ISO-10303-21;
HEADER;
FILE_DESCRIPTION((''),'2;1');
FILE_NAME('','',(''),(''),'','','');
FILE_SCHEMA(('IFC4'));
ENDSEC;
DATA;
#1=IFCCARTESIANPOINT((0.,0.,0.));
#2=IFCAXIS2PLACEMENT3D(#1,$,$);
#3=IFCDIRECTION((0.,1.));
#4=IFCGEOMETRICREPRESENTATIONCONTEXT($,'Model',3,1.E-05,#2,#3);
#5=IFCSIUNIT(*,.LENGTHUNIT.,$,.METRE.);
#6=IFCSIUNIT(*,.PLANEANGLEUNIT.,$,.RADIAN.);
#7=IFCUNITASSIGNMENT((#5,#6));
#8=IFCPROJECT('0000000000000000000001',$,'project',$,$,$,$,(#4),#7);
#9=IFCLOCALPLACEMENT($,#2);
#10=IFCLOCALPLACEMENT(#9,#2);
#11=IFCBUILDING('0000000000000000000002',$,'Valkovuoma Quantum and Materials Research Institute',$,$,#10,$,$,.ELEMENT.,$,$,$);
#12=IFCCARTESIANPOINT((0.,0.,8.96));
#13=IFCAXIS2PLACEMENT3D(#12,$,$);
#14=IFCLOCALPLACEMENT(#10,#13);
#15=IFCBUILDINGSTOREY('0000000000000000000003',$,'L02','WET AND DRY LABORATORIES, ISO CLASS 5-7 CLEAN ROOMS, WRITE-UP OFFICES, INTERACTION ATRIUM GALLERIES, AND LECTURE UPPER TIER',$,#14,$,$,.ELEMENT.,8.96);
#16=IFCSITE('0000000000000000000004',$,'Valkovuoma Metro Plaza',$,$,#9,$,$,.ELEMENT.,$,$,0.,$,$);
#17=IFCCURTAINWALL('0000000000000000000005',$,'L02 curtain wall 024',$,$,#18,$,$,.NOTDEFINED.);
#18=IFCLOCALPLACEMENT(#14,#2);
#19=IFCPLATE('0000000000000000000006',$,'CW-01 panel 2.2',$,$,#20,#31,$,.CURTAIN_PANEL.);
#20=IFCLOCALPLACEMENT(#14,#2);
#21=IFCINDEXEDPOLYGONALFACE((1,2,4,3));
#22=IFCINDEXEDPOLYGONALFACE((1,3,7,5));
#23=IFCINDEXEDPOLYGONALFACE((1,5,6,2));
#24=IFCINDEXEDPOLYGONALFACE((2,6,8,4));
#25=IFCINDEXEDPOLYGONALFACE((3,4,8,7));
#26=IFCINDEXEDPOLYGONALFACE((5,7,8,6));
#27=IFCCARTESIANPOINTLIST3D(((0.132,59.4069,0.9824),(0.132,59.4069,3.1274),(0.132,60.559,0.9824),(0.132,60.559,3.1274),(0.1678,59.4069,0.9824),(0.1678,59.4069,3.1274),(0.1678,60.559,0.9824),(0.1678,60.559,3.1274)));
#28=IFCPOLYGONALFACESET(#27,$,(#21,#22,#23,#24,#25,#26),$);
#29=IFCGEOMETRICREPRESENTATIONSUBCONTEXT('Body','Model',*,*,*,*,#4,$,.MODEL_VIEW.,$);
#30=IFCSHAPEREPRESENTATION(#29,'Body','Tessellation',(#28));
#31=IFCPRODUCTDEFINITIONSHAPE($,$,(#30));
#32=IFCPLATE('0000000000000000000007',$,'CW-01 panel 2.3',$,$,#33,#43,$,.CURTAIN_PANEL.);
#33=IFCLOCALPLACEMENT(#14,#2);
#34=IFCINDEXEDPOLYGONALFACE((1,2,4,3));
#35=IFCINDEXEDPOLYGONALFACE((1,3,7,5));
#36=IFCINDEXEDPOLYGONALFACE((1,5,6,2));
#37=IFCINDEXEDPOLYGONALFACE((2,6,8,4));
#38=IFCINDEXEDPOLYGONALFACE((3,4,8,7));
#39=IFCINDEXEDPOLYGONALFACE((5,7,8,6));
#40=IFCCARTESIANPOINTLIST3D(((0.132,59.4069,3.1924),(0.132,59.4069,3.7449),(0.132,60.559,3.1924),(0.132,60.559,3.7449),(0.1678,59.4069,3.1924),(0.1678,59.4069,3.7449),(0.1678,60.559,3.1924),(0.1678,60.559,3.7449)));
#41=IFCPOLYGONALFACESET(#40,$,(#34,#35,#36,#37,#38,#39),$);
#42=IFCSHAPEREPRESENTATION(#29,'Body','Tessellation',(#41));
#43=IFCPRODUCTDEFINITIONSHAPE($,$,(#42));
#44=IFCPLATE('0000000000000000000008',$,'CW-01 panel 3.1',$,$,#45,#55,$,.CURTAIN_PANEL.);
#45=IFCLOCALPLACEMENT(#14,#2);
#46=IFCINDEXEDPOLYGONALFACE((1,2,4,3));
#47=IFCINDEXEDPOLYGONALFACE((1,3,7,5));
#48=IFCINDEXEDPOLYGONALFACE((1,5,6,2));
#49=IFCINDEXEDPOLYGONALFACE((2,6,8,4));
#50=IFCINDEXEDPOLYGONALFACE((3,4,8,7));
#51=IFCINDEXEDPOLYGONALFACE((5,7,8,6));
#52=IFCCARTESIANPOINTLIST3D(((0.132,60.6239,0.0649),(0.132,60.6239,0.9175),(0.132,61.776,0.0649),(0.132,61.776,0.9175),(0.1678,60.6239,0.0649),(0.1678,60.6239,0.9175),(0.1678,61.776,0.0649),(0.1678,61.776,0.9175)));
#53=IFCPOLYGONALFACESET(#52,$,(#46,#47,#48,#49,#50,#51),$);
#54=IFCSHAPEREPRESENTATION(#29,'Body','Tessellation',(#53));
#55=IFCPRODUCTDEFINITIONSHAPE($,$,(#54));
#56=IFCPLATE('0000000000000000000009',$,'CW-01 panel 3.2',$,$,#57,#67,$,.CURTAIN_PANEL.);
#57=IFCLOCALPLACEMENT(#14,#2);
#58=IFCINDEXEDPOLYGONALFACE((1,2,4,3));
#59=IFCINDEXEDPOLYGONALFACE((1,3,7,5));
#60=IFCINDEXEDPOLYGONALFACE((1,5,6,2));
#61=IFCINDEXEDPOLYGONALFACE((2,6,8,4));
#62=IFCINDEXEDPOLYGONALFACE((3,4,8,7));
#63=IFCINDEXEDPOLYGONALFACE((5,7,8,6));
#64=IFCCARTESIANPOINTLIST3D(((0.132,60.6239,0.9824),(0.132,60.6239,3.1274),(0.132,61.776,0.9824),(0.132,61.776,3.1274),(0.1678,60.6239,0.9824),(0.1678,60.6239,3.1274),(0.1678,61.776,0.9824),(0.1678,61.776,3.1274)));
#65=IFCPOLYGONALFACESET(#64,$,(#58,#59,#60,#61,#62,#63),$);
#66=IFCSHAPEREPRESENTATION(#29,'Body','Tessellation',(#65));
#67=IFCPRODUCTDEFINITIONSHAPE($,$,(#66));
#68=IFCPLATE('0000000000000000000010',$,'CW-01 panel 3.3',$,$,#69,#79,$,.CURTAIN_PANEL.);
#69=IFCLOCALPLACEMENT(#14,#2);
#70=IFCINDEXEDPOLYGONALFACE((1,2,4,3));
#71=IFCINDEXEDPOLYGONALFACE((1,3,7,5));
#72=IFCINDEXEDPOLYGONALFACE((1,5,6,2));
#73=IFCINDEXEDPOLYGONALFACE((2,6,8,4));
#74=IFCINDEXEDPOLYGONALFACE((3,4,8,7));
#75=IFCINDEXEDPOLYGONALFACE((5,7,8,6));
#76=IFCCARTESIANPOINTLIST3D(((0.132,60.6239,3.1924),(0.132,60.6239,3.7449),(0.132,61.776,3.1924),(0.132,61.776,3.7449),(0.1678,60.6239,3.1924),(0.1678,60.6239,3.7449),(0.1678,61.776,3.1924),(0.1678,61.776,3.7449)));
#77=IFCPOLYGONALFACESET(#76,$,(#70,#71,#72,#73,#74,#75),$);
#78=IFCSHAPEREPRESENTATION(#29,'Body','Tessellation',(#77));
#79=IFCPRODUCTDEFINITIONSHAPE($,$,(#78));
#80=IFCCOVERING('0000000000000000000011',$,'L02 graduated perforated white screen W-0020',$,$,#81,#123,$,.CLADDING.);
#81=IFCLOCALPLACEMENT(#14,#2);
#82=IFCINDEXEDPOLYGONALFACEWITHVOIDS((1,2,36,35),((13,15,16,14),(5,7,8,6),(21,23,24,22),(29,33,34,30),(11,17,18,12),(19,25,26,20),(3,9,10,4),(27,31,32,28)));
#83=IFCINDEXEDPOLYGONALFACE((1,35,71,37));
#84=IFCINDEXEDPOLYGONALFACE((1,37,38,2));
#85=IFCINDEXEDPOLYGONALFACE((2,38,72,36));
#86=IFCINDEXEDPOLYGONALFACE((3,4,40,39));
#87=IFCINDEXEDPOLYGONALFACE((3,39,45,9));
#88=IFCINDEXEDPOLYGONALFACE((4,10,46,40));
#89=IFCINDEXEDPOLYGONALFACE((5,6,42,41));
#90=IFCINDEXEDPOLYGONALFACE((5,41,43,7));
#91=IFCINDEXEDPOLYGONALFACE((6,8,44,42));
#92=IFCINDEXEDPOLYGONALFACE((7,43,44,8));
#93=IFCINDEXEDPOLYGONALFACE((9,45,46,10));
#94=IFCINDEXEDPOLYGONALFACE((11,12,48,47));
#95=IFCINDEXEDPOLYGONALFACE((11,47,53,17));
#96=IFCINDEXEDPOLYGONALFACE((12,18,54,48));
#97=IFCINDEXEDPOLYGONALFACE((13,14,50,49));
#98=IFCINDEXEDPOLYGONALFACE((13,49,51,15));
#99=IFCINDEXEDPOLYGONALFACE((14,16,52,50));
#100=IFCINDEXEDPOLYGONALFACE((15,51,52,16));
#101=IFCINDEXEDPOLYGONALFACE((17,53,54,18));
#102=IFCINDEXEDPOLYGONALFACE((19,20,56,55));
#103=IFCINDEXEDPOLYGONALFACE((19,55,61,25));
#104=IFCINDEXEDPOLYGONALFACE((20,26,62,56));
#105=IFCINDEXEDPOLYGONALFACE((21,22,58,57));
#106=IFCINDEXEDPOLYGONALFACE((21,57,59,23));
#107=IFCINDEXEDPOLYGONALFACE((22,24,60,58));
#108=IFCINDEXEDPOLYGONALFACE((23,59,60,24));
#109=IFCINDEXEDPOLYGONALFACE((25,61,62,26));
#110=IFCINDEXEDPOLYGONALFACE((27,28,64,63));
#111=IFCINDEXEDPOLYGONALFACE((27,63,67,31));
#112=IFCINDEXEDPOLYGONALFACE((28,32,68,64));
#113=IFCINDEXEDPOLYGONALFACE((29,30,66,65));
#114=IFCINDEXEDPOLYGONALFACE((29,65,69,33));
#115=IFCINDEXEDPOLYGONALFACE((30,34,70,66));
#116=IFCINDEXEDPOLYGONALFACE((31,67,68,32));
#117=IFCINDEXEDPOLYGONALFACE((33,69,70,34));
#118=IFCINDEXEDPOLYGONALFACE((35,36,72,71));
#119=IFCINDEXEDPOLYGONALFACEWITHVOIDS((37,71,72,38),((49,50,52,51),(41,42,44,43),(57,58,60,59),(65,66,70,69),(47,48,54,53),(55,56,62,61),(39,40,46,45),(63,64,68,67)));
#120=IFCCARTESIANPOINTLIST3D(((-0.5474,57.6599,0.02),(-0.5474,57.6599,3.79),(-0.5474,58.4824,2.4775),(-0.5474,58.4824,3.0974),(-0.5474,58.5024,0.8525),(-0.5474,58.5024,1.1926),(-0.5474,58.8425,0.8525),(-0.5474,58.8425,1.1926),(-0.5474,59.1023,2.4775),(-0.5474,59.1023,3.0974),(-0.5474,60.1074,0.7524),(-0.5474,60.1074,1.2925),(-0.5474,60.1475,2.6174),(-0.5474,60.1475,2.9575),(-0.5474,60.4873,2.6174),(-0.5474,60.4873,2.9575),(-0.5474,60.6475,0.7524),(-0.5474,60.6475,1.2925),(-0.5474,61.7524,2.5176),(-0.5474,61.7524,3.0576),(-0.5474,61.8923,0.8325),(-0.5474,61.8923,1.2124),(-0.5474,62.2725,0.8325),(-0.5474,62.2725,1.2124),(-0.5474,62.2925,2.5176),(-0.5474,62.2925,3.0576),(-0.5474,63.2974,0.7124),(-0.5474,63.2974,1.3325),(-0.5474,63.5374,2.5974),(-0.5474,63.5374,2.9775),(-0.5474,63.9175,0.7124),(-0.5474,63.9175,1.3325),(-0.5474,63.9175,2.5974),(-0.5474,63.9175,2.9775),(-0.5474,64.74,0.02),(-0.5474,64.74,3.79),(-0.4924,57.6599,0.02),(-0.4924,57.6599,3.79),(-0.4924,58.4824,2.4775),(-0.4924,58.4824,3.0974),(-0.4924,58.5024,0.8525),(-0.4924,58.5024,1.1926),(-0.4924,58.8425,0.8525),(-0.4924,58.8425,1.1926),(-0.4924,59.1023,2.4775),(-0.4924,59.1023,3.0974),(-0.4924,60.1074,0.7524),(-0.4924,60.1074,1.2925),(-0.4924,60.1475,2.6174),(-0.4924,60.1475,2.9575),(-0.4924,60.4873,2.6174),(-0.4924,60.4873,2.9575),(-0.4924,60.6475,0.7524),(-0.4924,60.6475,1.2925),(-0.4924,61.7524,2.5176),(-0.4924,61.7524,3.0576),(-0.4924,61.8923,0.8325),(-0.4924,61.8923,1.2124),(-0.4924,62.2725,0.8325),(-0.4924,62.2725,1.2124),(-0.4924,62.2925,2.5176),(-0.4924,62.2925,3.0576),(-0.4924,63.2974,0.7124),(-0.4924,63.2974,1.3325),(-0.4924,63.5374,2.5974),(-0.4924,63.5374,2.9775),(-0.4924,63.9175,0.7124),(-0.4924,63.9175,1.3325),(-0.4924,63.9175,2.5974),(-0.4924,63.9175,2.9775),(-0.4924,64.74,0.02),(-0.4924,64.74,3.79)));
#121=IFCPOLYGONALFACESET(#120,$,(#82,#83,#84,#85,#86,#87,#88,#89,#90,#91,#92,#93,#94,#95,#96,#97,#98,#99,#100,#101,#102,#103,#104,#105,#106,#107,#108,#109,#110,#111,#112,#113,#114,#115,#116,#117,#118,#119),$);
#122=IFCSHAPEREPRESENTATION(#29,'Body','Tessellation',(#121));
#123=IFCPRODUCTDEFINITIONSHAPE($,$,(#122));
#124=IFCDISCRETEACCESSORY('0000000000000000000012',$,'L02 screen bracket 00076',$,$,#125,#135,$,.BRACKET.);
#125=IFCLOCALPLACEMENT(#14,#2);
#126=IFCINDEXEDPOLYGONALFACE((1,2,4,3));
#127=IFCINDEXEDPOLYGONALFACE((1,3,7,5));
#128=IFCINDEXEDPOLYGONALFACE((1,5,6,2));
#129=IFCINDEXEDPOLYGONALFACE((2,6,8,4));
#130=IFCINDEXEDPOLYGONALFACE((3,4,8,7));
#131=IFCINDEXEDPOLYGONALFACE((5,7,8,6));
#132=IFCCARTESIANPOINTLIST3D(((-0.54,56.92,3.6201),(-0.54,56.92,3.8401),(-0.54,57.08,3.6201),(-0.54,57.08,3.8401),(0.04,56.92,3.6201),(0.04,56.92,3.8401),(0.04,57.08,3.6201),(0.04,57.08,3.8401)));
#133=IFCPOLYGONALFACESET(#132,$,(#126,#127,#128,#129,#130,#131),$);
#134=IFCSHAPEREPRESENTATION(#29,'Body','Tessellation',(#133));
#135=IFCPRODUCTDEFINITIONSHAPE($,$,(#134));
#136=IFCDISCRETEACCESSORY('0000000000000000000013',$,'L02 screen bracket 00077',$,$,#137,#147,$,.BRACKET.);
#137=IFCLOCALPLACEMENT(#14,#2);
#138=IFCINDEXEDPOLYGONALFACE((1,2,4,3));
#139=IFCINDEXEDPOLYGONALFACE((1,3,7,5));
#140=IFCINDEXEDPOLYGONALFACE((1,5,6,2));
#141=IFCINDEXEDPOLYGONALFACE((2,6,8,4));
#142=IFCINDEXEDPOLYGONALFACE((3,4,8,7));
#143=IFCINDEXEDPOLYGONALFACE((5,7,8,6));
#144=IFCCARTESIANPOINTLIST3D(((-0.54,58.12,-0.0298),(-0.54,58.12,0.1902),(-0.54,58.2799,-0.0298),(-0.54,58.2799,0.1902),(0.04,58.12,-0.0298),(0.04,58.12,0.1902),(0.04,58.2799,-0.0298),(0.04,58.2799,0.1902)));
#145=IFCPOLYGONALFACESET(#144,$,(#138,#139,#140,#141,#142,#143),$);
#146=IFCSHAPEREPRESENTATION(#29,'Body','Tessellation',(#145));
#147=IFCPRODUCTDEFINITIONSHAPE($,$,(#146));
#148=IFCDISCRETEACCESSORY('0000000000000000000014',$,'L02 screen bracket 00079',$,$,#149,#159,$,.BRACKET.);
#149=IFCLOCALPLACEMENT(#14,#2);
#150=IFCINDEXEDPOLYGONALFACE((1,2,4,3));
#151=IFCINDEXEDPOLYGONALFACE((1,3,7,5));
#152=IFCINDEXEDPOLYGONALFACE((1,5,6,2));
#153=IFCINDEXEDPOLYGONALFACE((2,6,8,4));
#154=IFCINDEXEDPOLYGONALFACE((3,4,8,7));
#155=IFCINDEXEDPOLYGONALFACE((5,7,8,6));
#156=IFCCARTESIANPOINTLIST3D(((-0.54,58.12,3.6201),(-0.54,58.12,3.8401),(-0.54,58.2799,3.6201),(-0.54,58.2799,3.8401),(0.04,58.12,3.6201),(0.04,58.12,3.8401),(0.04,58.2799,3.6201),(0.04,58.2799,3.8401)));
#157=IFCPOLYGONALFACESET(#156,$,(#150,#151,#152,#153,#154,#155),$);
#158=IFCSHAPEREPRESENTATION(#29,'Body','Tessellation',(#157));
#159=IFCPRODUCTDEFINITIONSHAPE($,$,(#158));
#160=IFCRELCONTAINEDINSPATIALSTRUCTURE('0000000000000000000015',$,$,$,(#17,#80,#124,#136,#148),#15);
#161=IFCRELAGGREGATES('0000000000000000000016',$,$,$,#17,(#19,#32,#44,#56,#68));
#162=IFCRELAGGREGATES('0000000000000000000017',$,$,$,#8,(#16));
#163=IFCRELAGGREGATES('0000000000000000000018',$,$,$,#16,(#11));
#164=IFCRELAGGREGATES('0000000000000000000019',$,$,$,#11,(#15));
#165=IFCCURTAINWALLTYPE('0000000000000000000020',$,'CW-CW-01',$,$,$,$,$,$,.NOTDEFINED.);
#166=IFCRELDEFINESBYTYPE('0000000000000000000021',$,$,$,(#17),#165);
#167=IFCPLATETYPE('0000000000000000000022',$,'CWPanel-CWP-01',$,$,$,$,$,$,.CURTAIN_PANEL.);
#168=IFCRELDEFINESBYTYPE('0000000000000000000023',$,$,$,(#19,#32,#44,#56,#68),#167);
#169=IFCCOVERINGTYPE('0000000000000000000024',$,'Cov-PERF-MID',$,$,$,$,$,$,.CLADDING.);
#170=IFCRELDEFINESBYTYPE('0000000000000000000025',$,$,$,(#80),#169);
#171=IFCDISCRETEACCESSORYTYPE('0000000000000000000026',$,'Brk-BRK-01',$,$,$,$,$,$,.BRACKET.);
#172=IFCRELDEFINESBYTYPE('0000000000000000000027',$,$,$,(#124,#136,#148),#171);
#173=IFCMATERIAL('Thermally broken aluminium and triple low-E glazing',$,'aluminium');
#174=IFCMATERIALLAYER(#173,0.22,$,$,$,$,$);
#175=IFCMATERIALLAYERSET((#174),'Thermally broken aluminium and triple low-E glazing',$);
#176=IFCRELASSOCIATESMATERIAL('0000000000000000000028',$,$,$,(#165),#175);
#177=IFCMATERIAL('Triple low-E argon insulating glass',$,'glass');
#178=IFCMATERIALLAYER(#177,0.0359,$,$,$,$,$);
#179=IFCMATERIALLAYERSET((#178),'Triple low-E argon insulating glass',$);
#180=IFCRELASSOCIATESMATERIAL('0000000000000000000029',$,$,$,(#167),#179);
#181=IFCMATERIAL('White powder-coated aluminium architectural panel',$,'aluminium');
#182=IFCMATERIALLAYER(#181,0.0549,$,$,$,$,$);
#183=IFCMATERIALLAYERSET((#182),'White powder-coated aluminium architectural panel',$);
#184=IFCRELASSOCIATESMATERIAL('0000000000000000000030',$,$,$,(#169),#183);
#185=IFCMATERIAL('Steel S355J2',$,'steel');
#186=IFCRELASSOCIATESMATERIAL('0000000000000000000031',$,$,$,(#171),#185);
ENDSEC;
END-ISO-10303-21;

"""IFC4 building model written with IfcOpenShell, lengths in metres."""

from ifc_helpers import new_model, si_unit, direction, frame, origin, origin_2d, place, context, subcontext, project, spatial, polyline, rectangle, outline, extrude, material, layer, layer_set, type_object, element, aggregate, save


model = new_model("IFC4")

# Units and contexts
model_context = context("Model", 3, precision=1e-05, world=origin(), true_north=direction((0.0, 1.0)))
body_context = subcontext(model_context, "Body", "Model", "MODEL_VIEW")
ifc_project = project(units=[si_unit("LENGTHUNIT", "METRE"), si_unit("PLANEANGLEUNIT", "RADIAN")], contexts=[model_context])

# Site, building, storey
site_placement = place(None, origin())
site = spatial("IfcSite", under=ifc_project, at=site_placement, Name="Valkovuoma Metro Plaza", CompositionType="ELEMENT", RefElevation=0.0)
building_placement = place(site_placement, origin())
building = spatial("IfcBuilding", under=site, at=building_placement, Name="Valkovuoma Quantum and Materials Research Institute", CompositionType="ELEMENT")
storey_placement = place(building_placement, frame((0.0, 0.0, 8.96)))
storey = spatial("IfcBuildingStorey", under=building, at=storey_placement, Name="L02", Description="WET AND DRY LABORATORIES, ISO CLASS 5-7 CLEAN ROOMS, WRITE-UP OFFICES, INTERACTION ATRIUM GALLERIES, AND LECTURE UPPER TIER", CompositionType="ELEMENT", Elevation=8.96)

# Shared definitions
ifc_material_1 = material(Name="Thermally broken aluminium and triple low-E glazing", Category="aluminium")
ifc_layer_1 = layer(ifc_material_1, 0.22)
ifc_layer_set_1 = layer_set([ifc_layer_1], Name="Thermally broken aluminium and triple low-E glazing")
curtain_wall_type = type_object("IfcCurtainWallType", Name="CW-CW-01", PredefinedType="NOTDEFINED", material=ifc_layer_set_1)

# Curtain wall, plates
curtain_wall_1_placement = place(storey_placement, origin())
curtain_wall_1 = element("IfcCurtainWall", 1, at=curtain_wall_1_placement, inside=storey, type_object=curtain_wall_type, Name="L02 curtain wall 024", PredefinedType="NOTDEFINED")
ifc_material_2 = material(Name="Triple low-E argon insulating glass", Category="glass")
ifc_layer_2 = layer(ifc_material_2, 0.0359)
ifc_layer_set_2 = layer_set([ifc_layer_2], Name="Triple low-E argon insulating glass")
plate_type = type_object("IfcPlateType", Name="CWPanel-CWP-01", PredefinedType="CURTAIN_PANEL", material=ifc_layer_set_2)
plate_1_placement = place(storey_placement, frame((0.1499, 59.9829, 0.9824), z_axis=(0.0, 0.0, 1.0), x_axis=(0.0, 1.0, 0.0)))
plate_1 = element("IfcPlate", 2, at=plate_1_placement, type_object=plate_type, Name="CW-01 panel 2.2", PredefinedType="CURTAIN_PANEL", context=body_context, shape_type="SweptSolid", body=[
    extrude(rectangle(XDim=1.1521, YDim=0.0359, at=origin_2d()), origin(), (0.0, 0.0, 1.0), 2.145),
])
plate_2_placement = place(storey_placement, frame((0.1499, 59.9829, 3.1924), z_axis=(0.0, 0.0, 1.0), x_axis=(0.0, 1.0, 0.0)))
plate_2 = element("IfcPlate", 3, at=plate_2_placement, type_object=plate_type, Name="CW-01 panel 2.3", PredefinedType="CURTAIN_PANEL", context=body_context, shape_type="SweptSolid", body=[
    extrude(rectangle(XDim=1.1521, YDim=0.0359, at=origin_2d()), origin(), (0.0, 0.0, 1.0), 0.5525),
])
plate_3_placement = place(storey_placement, frame((0.1499, 61.2, 0.0649), z_axis=(0.0, 0.0, 1.0), x_axis=(0.0, 1.0, 0.0)))
plate_3 = element("IfcPlate", 4, at=plate_3_placement, type_object=plate_type, Name="CW-01 panel 3.1", PredefinedType="CURTAIN_PANEL", context=body_context, shape_type="SweptSolid", body=[
    extrude(rectangle(XDim=1.1521, YDim=0.0359, at=origin_2d()), origin(), (0.0, 0.0, 1.0), 0.8525),
])
plate_4_placement = place(storey_placement, frame((0.1499, 61.2, 0.9824), z_axis=(0.0, 0.0, 1.0), x_axis=(0.0, 1.0, 0.0)))
plate_4 = element("IfcPlate", 5, at=plate_4_placement, type_object=plate_type, Name="CW-01 panel 3.2", PredefinedType="CURTAIN_PANEL", context=body_context, shape_type="SweptSolid", body=[
    extrude(rectangle(XDim=1.1521, YDim=0.0359, at=origin_2d()), origin(), (0.0, 0.0, 1.0), 2.145),
])
plate_5_placement = place(storey_placement, frame((0.1499, 61.2, 3.1924), z_axis=(0.0, 0.0, 1.0), x_axis=(0.0, 1.0, 0.0)))
plate_5 = element("IfcPlate", 6, at=plate_5_placement, type_object=plate_type, Name="CW-01 panel 3.3", PredefinedType="CURTAIN_PANEL", context=body_context, shape_type="SweptSolid", body=[
    extrude(rectangle(XDim=1.1521, YDim=0.0359, at=origin_2d()), origin(), (0.0, 0.0, 1.0), 0.5525),
])
aggregate(curtain_wall_1, [plate_1, plate_2, plate_3, plate_4, plate_5])

# Covering
ifc_material_3 = material(Name="White powder-coated aluminium architectural panel", Category="aluminium")
ifc_layer_3 = layer(ifc_material_3, 0.0549)
ifc_layer_set_3 = layer_set([ifc_layer_3], Name="White powder-coated aluminium architectural panel")
covering_type = type_object("IfcCoveringType", Name="Cov-PERF-MID", PredefinedType="CLADDING", material=ifc_layer_set_3)
covering_placement = place(storey_placement, frame((-0.52, 57.6599, 0.02), z_axis=(0.0, 0.0, 1.0), x_axis=(0.0, 1.0, 0.0)))
element("IfcCovering", 7, at=covering_placement, inside=storey, type_object=covering_type, Name="L02 graduated perforated white screen W-0020", PredefinedType="CLADDING", context=body_context, shape_type="SweptSolid", body=[
    extrude(outline(polyline([(0.0, 0.0), (7.0801, 0.0), (7.0801, 3.77), (0.0, 3.77), (0.0, 0.0)]), holes=[polyline([(0.8425, 0.8325), (0.8425, 1.1726), (1.1826, 1.1726), (1.1826, 0.8325), (0.8425, 0.8325)]), polyline([(0.8225, 2.4575), (0.8225, 3.0774), (1.4424, 3.0774), (1.4424, 2.4575), (0.8225, 2.4575)]), polyline([(2.4475, 0.7324), (2.4475, 1.2725), (2.9875, 1.2725), (2.9875, 0.7324), (2.4475, 0.7324)]), polyline([(2.4875, 2.5974), (2.4875, 2.9375), (2.8274, 2.9375), (2.8274, 2.5974), (2.4875, 2.5974)]), polyline([(4.2324, 0.8125), (4.2324, 1.1924), (4.6125, 1.1924), (4.6125, 0.8125), (4.2324, 0.8125)]), polyline([(4.0925, 2.4976), (4.0925, 3.0376), (4.6326, 3.0376), (4.6326, 2.4976), (4.0925, 2.4976)]), polyline([(5.6375, 0.6924), (5.6375, 1.3125), (6.2576, 1.3125), (6.2576, 0.6924), (5.6375, 0.6924)]), polyline([(5.8774, 2.5774), (5.8774, 2.9575), (6.2576, 2.9575), (6.2576, 2.5774), (5.8774, 2.5774)])]), frame((0.0, 0.0273, 0.0), z_axis=(0.0, -1.0, 0.0), x_axis=(1.0, 0.0, 0.0)), (0.0, 0.0, 1.0), 0.0549),
])

# Discrete accessories
ifc_material_4 = material(Name="Steel S355J2", Category="steel")
discrete_accessory_type = type_object("IfcDiscreteAccessoryType", Name="Brk-BRK-01", PredefinedType="BRACKET", material=ifc_material_4)
for number, where, z_axis, x_axis, name in (
    (8, (-0.25, 57.0, 3.6201), (0.0, 0.0, 1.0), (1.0, 0.0, 0.0), "L02 screen bracket 00076"),
    (9, (-0.25, 58.2, -0.0298), (0.0, 0.0, 1.0), (1.0, 0.0, 0.0), "L02 screen bracket 00077"),
    (10, (-0.25, 58.2, 3.6201), (0.0, 0.0, 1.0), (1.0, 0.0, 0.0), "L02 screen bracket 00079"),
):
    element("IfcDiscreteAccessory", number, at=place(storey_placement, frame(where, z_axis=z_axis, x_axis=x_axis)), inside=storey, type_object=discrete_accessory_type, Name=name, PredefinedType="BRACKET", context=body_context, shape_type="SweptSolid", body=[
        extrude(rectangle(XDim=0.5801, YDim=0.1599, at=origin_2d()), origin(), (0.0, 0.0, 1.0), 0.22),
    ])

save(model, "model.ifc")
